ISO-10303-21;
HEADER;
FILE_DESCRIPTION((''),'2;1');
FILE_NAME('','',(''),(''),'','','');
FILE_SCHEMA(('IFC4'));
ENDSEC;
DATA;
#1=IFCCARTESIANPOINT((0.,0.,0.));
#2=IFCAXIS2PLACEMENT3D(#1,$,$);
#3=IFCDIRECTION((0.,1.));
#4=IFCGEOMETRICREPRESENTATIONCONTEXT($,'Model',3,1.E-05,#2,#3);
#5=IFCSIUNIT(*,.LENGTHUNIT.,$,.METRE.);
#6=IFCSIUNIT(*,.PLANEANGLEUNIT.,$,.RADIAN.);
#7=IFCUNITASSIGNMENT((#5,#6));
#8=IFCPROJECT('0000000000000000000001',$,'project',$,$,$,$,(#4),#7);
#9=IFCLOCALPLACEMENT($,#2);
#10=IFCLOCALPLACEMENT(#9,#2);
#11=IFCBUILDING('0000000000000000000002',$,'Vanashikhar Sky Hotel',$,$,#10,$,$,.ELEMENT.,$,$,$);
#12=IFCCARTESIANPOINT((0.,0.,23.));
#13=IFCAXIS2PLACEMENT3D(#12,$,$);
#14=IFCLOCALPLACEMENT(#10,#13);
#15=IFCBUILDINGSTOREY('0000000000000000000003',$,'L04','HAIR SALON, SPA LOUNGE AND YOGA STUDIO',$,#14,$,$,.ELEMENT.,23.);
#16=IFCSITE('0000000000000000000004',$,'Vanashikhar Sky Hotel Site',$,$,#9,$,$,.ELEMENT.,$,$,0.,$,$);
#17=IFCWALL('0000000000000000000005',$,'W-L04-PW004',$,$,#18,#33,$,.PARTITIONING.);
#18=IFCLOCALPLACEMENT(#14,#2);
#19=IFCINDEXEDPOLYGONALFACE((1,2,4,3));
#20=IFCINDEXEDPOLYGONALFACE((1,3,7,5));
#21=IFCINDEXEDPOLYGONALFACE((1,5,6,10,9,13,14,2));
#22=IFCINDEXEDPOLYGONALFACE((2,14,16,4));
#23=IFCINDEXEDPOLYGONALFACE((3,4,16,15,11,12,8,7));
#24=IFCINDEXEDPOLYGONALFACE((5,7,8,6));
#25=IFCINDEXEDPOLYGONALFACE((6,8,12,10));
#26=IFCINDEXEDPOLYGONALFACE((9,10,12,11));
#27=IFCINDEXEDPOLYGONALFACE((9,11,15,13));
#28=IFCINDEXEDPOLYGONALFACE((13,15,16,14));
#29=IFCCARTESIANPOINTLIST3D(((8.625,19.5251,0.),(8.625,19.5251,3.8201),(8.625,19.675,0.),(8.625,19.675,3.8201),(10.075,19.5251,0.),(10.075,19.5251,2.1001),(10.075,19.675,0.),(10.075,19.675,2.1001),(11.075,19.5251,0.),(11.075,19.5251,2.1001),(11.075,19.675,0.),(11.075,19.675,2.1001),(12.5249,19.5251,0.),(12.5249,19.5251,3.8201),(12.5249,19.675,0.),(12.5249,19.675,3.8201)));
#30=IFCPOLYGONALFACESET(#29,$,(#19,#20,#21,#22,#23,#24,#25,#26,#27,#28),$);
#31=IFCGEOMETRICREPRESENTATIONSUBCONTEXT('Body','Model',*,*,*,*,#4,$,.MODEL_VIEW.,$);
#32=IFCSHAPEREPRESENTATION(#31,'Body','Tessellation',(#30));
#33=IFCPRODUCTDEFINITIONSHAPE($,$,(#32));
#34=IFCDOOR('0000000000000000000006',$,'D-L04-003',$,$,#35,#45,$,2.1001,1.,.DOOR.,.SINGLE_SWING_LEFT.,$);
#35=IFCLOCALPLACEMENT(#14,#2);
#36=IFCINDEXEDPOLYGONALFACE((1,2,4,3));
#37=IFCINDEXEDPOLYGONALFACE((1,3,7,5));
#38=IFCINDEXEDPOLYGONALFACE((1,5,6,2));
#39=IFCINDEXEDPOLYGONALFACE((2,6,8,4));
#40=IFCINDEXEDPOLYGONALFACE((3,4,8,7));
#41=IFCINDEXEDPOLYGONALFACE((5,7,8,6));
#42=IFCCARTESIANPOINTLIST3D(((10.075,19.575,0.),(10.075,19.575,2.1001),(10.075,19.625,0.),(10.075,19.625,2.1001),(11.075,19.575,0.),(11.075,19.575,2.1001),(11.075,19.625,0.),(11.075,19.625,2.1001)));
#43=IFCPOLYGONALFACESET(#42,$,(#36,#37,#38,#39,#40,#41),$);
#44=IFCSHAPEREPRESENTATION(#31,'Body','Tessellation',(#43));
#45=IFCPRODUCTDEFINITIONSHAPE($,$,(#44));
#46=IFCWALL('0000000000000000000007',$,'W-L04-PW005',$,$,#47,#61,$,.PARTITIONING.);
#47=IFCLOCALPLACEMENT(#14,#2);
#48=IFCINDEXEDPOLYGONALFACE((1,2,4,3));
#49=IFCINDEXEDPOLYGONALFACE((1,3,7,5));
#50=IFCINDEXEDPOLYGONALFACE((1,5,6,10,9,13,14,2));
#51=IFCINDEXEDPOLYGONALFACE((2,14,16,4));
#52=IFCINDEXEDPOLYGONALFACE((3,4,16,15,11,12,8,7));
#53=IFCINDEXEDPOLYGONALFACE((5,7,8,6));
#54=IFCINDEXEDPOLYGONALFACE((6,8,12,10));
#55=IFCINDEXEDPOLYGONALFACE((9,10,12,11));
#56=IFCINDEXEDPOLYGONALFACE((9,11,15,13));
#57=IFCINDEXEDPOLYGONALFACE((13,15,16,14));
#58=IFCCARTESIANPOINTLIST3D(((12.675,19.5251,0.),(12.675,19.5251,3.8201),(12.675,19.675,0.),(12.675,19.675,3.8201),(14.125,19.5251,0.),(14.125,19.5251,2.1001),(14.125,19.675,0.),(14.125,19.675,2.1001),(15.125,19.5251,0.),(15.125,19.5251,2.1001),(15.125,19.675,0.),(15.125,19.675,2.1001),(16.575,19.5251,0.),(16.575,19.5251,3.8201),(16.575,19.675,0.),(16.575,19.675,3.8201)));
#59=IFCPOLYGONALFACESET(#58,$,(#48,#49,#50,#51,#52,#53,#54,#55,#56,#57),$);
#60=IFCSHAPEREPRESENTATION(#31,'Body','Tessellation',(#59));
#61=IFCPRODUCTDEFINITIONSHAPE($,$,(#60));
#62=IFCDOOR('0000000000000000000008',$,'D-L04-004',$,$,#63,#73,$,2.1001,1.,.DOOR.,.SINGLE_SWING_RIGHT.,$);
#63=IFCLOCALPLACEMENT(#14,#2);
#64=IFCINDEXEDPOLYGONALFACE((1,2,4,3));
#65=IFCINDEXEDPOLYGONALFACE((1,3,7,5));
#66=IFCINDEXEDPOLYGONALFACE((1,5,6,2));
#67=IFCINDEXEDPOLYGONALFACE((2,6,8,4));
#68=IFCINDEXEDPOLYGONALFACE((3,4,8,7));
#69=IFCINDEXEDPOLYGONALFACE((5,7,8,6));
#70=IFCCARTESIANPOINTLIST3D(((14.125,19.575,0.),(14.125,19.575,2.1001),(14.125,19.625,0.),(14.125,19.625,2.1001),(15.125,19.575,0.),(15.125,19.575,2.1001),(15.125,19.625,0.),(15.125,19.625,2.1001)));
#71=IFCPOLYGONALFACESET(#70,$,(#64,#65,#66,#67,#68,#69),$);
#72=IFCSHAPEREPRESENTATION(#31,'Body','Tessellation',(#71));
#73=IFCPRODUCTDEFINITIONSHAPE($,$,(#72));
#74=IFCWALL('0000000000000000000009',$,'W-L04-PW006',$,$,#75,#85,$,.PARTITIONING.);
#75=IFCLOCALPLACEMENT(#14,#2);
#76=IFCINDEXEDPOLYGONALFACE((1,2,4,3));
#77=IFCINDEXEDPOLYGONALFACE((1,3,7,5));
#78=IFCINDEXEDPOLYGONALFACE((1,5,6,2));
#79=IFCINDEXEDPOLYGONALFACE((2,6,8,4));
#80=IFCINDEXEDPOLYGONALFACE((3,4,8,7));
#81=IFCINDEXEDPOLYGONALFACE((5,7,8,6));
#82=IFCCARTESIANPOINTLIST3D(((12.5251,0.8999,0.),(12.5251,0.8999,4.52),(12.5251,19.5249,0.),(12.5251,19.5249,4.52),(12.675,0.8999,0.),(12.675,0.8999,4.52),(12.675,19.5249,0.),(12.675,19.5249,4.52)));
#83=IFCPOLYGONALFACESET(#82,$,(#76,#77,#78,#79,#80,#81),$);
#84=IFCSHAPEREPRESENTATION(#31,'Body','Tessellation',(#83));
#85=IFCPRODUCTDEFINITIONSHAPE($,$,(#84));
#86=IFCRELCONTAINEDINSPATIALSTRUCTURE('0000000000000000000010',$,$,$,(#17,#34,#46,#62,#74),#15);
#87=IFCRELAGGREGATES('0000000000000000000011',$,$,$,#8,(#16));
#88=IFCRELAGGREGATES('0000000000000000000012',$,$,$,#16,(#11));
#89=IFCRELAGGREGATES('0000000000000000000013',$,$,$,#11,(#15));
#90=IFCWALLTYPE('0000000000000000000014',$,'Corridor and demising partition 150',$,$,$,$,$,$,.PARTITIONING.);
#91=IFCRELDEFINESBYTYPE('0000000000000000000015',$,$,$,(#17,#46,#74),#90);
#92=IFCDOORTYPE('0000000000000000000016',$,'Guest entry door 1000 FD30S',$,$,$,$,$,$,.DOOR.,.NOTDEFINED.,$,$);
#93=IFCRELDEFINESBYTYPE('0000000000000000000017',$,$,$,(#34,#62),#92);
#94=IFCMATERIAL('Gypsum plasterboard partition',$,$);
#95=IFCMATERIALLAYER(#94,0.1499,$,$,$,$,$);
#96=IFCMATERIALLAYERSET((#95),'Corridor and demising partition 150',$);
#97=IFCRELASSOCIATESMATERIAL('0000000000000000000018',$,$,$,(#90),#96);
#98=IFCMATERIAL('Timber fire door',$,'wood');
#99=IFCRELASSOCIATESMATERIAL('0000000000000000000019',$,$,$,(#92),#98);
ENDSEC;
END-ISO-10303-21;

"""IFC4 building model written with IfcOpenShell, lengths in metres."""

from ifc_helpers import new_model, si_unit, direction, frame, frame_2d, origin, place, context, subcontext, project, spatial, rectangle, extrude, source, transform, mapped, material, layer, layer_set, type_object, element, fill, save


model = new_model("IFC4")

# Units and contexts
model_context = context("Model", 3, precision=1e-05, world=origin(), true_north=direction((0.0, 1.0)))
body_context = subcontext(model_context, "Body", "Model", "MODEL_VIEW")
ifc_project = project(units=[si_unit("LENGTHUNIT", "METRE"), si_unit("PLANEANGLEUNIT", "RADIAN")], contexts=[model_context])

# Site, building, storey
site_placement = place(None, origin())
site = spatial("IfcSite", under=ifc_project, at=site_placement, Name="Vanashikhar Sky Hotel Site", CompositionType="ELEMENT", RefElevation=0.0)
building_placement = place(site_placement, origin())
building = spatial("IfcBuilding", under=site, at=building_placement, Name="Vanashikhar Sky Hotel", CompositionType="ELEMENT")
storey_placement = place(building_placement, frame((0.0, 0.0, 23.0)))
storey = spatial("IfcBuildingStorey", under=building, at=storey_placement, Name="L04", Description="HAIR SALON, SPA LOUNGE AND YOGA STUDIO", CompositionType="ELEMENT", Elevation=23.0)

# Shared definitions
ifc_material_1 = material(Name="Gypsum plasterboard partition")
ifc_layer_1 = layer(ifc_material_1, 0.1499)
ifc_layer_set_1 = layer_set([ifc_layer_1], Name="Corridor and demising partition 150")
wall_type_1 = type_object("IfcWallType", Name="Corridor and demising partition 150", PredefinedType="PARTITIONING", material=ifc_layer_set_1)
shared_shape_1 = source(origin(), body_context, "Body", "SweptSolid", [
    extrude(rectangle(XDim=1.0, YDim=2.1001, at=frame_2d((0.5, 1.05))), frame((0.0, 0.085, 0.0), z_axis=(0.0, -1.0, 0.0), x_axis=(1.0, 0.0, 0.0)), (0.0, 0.0, 1.0), 0.1699),
])
ifc_material_2 = material(Name="Timber fire door", Category="wood")
door_type = type_object("IfcDoorType", Name="Guest entry door 1000 FD30S", OperationType="NOTDEFINED", PredefinedType="DOOR", material=ifc_material_2)
shared_shape_2 = source(origin(), body_context, "Body", "SweptSolid", [
    extrude(rectangle(XDim=1.0, YDim=2.1001, at=frame_2d((0.5, 1.05))), frame((0.0, 0.0249, 0.0), z_axis=(0.0, -1.0, 0.0), x_axis=(1.0, 0.0, 0.0)), (0.0, 0.0, 1.0), 0.05),
])

# Walls, openings, doors
shared_shape_3 = source(origin(), body_context, "Body", "SweptSolid", [
    extrude(rectangle(XDim=3.8999, YDim=0.1499, at=frame_2d((1.95, 0.0))), origin(), (0.0, 0.0, 1.0), 3.8201),
])
wall_1_placement = place(storey_placement, frame((8.625, 19.6001, 0.0), z_axis=(0.0, 0.0, 1.0), x_axis=(1.0, 0.0, 0.0)))
wall_1 = element("IfcWall", 1, at=wall_1_placement, inside=storey, type_object=wall_type_1, Name="W-L04-PW004", PredefinedType="PARTITIONING", context=body_context, shape_type="MappedRepresentation", body=[
    mapped(shared_shape_3, transform((0.0, 0.0, 0.0), scale=1.0)),
])
opening_1_placement = place(wall_1_placement, frame((1.45, 0.0, 0.0)))
opening_1 = element("IfcOpeningElement", 2, at=opening_1_placement, cuts=wall_1, PredefinedType="OPENING", context=body_context, shape_type="MappedRepresentation", body=[
    mapped(shared_shape_1, transform((0.0, 0.0, 0.0), scale=1.0)),
])
door_1_placement = place(opening_1_placement, origin())
door_1 = element("IfcDoor", 3, at=door_1_placement, inside=storey, type_object=door_type, Name="D-L04-003", OperationType="SINGLE_SWING_LEFT", OverallHeight=2.1001, OverallWidth=1.0, PredefinedType="DOOR", context=body_context, shape_type="MappedRepresentation", body=[
    mapped(shared_shape_2, transform((0.0, 0.0, 0.0), scale=1.0)),
])
fill(opening_1, door_1)
wall_2_placement = place(storey_placement, frame((12.675, 19.6001, 0.0), z_axis=(0.0, 0.0, 1.0), x_axis=(1.0, 0.0, 0.0)))
wall_2 = element("IfcWall", 4, at=wall_2_placement, inside=storey, type_object=wall_type_1, Name="W-L04-PW005", PredefinedType="PARTITIONING", context=body_context, shape_type="MappedRepresentation", body=[
    mapped(shared_shape_3, transform((0.0, 0.0, 0.0), scale=1.0)),
])
opening_2_placement = place(wall_2_placement, frame((1.45, 0.0, 0.0)))
opening_2 = element("IfcOpeningElement", 5, at=opening_2_placement, cuts=wall_2, PredefinedType="OPENING", context=body_context, shape_type="MappedRepresentation", body=[
    mapped(shared_shape_1, transform((0.0, 0.0, 0.0), scale=1.0)),
])
door_2_placement = place(opening_2_placement, origin())
door_2 = element("IfcDoor", 6, at=door_2_placement, inside=storey, type_object=door_type, Name="D-L04-004", OperationType="SINGLE_SWING_RIGHT", OverallHeight=2.1001, OverallWidth=1.0, PredefinedType="DOOR", context=body_context, shape_type="MappedRepresentation", body=[
    mapped(shared_shape_2, transform((0.0, 0.0, 0.0), scale=1.0)),
])
fill(opening_2, door_2)

# Wall
shared_shape_4 = source(origin(), body_context, "Body", "SweptSolid", [
    extrude(rectangle(XDim=18.625, YDim=0.1499, at=frame_2d((9.3125, 0.0))), origin(), (0.0, 0.0, 1.0), 4.52),
])
wall_3_placement = place(storey_placement, frame((12.6001, 0.8999, 0.0), z_axis=(0.0, 0.0, 1.0), x_axis=(0.0, 1.0, 0.0)))
element("IfcWall", 7, at=wall_3_placement, inside=storey, type_object=wall_type_1, Name="W-L04-PW006", PredefinedType="PARTITIONING", context=body_context, shape_type="MappedRepresentation", body=[
    mapped(shared_shape_4, transform((0.0, 0.0, 0.0), scale=1.0)),
])

save(model, "model.ifc")
